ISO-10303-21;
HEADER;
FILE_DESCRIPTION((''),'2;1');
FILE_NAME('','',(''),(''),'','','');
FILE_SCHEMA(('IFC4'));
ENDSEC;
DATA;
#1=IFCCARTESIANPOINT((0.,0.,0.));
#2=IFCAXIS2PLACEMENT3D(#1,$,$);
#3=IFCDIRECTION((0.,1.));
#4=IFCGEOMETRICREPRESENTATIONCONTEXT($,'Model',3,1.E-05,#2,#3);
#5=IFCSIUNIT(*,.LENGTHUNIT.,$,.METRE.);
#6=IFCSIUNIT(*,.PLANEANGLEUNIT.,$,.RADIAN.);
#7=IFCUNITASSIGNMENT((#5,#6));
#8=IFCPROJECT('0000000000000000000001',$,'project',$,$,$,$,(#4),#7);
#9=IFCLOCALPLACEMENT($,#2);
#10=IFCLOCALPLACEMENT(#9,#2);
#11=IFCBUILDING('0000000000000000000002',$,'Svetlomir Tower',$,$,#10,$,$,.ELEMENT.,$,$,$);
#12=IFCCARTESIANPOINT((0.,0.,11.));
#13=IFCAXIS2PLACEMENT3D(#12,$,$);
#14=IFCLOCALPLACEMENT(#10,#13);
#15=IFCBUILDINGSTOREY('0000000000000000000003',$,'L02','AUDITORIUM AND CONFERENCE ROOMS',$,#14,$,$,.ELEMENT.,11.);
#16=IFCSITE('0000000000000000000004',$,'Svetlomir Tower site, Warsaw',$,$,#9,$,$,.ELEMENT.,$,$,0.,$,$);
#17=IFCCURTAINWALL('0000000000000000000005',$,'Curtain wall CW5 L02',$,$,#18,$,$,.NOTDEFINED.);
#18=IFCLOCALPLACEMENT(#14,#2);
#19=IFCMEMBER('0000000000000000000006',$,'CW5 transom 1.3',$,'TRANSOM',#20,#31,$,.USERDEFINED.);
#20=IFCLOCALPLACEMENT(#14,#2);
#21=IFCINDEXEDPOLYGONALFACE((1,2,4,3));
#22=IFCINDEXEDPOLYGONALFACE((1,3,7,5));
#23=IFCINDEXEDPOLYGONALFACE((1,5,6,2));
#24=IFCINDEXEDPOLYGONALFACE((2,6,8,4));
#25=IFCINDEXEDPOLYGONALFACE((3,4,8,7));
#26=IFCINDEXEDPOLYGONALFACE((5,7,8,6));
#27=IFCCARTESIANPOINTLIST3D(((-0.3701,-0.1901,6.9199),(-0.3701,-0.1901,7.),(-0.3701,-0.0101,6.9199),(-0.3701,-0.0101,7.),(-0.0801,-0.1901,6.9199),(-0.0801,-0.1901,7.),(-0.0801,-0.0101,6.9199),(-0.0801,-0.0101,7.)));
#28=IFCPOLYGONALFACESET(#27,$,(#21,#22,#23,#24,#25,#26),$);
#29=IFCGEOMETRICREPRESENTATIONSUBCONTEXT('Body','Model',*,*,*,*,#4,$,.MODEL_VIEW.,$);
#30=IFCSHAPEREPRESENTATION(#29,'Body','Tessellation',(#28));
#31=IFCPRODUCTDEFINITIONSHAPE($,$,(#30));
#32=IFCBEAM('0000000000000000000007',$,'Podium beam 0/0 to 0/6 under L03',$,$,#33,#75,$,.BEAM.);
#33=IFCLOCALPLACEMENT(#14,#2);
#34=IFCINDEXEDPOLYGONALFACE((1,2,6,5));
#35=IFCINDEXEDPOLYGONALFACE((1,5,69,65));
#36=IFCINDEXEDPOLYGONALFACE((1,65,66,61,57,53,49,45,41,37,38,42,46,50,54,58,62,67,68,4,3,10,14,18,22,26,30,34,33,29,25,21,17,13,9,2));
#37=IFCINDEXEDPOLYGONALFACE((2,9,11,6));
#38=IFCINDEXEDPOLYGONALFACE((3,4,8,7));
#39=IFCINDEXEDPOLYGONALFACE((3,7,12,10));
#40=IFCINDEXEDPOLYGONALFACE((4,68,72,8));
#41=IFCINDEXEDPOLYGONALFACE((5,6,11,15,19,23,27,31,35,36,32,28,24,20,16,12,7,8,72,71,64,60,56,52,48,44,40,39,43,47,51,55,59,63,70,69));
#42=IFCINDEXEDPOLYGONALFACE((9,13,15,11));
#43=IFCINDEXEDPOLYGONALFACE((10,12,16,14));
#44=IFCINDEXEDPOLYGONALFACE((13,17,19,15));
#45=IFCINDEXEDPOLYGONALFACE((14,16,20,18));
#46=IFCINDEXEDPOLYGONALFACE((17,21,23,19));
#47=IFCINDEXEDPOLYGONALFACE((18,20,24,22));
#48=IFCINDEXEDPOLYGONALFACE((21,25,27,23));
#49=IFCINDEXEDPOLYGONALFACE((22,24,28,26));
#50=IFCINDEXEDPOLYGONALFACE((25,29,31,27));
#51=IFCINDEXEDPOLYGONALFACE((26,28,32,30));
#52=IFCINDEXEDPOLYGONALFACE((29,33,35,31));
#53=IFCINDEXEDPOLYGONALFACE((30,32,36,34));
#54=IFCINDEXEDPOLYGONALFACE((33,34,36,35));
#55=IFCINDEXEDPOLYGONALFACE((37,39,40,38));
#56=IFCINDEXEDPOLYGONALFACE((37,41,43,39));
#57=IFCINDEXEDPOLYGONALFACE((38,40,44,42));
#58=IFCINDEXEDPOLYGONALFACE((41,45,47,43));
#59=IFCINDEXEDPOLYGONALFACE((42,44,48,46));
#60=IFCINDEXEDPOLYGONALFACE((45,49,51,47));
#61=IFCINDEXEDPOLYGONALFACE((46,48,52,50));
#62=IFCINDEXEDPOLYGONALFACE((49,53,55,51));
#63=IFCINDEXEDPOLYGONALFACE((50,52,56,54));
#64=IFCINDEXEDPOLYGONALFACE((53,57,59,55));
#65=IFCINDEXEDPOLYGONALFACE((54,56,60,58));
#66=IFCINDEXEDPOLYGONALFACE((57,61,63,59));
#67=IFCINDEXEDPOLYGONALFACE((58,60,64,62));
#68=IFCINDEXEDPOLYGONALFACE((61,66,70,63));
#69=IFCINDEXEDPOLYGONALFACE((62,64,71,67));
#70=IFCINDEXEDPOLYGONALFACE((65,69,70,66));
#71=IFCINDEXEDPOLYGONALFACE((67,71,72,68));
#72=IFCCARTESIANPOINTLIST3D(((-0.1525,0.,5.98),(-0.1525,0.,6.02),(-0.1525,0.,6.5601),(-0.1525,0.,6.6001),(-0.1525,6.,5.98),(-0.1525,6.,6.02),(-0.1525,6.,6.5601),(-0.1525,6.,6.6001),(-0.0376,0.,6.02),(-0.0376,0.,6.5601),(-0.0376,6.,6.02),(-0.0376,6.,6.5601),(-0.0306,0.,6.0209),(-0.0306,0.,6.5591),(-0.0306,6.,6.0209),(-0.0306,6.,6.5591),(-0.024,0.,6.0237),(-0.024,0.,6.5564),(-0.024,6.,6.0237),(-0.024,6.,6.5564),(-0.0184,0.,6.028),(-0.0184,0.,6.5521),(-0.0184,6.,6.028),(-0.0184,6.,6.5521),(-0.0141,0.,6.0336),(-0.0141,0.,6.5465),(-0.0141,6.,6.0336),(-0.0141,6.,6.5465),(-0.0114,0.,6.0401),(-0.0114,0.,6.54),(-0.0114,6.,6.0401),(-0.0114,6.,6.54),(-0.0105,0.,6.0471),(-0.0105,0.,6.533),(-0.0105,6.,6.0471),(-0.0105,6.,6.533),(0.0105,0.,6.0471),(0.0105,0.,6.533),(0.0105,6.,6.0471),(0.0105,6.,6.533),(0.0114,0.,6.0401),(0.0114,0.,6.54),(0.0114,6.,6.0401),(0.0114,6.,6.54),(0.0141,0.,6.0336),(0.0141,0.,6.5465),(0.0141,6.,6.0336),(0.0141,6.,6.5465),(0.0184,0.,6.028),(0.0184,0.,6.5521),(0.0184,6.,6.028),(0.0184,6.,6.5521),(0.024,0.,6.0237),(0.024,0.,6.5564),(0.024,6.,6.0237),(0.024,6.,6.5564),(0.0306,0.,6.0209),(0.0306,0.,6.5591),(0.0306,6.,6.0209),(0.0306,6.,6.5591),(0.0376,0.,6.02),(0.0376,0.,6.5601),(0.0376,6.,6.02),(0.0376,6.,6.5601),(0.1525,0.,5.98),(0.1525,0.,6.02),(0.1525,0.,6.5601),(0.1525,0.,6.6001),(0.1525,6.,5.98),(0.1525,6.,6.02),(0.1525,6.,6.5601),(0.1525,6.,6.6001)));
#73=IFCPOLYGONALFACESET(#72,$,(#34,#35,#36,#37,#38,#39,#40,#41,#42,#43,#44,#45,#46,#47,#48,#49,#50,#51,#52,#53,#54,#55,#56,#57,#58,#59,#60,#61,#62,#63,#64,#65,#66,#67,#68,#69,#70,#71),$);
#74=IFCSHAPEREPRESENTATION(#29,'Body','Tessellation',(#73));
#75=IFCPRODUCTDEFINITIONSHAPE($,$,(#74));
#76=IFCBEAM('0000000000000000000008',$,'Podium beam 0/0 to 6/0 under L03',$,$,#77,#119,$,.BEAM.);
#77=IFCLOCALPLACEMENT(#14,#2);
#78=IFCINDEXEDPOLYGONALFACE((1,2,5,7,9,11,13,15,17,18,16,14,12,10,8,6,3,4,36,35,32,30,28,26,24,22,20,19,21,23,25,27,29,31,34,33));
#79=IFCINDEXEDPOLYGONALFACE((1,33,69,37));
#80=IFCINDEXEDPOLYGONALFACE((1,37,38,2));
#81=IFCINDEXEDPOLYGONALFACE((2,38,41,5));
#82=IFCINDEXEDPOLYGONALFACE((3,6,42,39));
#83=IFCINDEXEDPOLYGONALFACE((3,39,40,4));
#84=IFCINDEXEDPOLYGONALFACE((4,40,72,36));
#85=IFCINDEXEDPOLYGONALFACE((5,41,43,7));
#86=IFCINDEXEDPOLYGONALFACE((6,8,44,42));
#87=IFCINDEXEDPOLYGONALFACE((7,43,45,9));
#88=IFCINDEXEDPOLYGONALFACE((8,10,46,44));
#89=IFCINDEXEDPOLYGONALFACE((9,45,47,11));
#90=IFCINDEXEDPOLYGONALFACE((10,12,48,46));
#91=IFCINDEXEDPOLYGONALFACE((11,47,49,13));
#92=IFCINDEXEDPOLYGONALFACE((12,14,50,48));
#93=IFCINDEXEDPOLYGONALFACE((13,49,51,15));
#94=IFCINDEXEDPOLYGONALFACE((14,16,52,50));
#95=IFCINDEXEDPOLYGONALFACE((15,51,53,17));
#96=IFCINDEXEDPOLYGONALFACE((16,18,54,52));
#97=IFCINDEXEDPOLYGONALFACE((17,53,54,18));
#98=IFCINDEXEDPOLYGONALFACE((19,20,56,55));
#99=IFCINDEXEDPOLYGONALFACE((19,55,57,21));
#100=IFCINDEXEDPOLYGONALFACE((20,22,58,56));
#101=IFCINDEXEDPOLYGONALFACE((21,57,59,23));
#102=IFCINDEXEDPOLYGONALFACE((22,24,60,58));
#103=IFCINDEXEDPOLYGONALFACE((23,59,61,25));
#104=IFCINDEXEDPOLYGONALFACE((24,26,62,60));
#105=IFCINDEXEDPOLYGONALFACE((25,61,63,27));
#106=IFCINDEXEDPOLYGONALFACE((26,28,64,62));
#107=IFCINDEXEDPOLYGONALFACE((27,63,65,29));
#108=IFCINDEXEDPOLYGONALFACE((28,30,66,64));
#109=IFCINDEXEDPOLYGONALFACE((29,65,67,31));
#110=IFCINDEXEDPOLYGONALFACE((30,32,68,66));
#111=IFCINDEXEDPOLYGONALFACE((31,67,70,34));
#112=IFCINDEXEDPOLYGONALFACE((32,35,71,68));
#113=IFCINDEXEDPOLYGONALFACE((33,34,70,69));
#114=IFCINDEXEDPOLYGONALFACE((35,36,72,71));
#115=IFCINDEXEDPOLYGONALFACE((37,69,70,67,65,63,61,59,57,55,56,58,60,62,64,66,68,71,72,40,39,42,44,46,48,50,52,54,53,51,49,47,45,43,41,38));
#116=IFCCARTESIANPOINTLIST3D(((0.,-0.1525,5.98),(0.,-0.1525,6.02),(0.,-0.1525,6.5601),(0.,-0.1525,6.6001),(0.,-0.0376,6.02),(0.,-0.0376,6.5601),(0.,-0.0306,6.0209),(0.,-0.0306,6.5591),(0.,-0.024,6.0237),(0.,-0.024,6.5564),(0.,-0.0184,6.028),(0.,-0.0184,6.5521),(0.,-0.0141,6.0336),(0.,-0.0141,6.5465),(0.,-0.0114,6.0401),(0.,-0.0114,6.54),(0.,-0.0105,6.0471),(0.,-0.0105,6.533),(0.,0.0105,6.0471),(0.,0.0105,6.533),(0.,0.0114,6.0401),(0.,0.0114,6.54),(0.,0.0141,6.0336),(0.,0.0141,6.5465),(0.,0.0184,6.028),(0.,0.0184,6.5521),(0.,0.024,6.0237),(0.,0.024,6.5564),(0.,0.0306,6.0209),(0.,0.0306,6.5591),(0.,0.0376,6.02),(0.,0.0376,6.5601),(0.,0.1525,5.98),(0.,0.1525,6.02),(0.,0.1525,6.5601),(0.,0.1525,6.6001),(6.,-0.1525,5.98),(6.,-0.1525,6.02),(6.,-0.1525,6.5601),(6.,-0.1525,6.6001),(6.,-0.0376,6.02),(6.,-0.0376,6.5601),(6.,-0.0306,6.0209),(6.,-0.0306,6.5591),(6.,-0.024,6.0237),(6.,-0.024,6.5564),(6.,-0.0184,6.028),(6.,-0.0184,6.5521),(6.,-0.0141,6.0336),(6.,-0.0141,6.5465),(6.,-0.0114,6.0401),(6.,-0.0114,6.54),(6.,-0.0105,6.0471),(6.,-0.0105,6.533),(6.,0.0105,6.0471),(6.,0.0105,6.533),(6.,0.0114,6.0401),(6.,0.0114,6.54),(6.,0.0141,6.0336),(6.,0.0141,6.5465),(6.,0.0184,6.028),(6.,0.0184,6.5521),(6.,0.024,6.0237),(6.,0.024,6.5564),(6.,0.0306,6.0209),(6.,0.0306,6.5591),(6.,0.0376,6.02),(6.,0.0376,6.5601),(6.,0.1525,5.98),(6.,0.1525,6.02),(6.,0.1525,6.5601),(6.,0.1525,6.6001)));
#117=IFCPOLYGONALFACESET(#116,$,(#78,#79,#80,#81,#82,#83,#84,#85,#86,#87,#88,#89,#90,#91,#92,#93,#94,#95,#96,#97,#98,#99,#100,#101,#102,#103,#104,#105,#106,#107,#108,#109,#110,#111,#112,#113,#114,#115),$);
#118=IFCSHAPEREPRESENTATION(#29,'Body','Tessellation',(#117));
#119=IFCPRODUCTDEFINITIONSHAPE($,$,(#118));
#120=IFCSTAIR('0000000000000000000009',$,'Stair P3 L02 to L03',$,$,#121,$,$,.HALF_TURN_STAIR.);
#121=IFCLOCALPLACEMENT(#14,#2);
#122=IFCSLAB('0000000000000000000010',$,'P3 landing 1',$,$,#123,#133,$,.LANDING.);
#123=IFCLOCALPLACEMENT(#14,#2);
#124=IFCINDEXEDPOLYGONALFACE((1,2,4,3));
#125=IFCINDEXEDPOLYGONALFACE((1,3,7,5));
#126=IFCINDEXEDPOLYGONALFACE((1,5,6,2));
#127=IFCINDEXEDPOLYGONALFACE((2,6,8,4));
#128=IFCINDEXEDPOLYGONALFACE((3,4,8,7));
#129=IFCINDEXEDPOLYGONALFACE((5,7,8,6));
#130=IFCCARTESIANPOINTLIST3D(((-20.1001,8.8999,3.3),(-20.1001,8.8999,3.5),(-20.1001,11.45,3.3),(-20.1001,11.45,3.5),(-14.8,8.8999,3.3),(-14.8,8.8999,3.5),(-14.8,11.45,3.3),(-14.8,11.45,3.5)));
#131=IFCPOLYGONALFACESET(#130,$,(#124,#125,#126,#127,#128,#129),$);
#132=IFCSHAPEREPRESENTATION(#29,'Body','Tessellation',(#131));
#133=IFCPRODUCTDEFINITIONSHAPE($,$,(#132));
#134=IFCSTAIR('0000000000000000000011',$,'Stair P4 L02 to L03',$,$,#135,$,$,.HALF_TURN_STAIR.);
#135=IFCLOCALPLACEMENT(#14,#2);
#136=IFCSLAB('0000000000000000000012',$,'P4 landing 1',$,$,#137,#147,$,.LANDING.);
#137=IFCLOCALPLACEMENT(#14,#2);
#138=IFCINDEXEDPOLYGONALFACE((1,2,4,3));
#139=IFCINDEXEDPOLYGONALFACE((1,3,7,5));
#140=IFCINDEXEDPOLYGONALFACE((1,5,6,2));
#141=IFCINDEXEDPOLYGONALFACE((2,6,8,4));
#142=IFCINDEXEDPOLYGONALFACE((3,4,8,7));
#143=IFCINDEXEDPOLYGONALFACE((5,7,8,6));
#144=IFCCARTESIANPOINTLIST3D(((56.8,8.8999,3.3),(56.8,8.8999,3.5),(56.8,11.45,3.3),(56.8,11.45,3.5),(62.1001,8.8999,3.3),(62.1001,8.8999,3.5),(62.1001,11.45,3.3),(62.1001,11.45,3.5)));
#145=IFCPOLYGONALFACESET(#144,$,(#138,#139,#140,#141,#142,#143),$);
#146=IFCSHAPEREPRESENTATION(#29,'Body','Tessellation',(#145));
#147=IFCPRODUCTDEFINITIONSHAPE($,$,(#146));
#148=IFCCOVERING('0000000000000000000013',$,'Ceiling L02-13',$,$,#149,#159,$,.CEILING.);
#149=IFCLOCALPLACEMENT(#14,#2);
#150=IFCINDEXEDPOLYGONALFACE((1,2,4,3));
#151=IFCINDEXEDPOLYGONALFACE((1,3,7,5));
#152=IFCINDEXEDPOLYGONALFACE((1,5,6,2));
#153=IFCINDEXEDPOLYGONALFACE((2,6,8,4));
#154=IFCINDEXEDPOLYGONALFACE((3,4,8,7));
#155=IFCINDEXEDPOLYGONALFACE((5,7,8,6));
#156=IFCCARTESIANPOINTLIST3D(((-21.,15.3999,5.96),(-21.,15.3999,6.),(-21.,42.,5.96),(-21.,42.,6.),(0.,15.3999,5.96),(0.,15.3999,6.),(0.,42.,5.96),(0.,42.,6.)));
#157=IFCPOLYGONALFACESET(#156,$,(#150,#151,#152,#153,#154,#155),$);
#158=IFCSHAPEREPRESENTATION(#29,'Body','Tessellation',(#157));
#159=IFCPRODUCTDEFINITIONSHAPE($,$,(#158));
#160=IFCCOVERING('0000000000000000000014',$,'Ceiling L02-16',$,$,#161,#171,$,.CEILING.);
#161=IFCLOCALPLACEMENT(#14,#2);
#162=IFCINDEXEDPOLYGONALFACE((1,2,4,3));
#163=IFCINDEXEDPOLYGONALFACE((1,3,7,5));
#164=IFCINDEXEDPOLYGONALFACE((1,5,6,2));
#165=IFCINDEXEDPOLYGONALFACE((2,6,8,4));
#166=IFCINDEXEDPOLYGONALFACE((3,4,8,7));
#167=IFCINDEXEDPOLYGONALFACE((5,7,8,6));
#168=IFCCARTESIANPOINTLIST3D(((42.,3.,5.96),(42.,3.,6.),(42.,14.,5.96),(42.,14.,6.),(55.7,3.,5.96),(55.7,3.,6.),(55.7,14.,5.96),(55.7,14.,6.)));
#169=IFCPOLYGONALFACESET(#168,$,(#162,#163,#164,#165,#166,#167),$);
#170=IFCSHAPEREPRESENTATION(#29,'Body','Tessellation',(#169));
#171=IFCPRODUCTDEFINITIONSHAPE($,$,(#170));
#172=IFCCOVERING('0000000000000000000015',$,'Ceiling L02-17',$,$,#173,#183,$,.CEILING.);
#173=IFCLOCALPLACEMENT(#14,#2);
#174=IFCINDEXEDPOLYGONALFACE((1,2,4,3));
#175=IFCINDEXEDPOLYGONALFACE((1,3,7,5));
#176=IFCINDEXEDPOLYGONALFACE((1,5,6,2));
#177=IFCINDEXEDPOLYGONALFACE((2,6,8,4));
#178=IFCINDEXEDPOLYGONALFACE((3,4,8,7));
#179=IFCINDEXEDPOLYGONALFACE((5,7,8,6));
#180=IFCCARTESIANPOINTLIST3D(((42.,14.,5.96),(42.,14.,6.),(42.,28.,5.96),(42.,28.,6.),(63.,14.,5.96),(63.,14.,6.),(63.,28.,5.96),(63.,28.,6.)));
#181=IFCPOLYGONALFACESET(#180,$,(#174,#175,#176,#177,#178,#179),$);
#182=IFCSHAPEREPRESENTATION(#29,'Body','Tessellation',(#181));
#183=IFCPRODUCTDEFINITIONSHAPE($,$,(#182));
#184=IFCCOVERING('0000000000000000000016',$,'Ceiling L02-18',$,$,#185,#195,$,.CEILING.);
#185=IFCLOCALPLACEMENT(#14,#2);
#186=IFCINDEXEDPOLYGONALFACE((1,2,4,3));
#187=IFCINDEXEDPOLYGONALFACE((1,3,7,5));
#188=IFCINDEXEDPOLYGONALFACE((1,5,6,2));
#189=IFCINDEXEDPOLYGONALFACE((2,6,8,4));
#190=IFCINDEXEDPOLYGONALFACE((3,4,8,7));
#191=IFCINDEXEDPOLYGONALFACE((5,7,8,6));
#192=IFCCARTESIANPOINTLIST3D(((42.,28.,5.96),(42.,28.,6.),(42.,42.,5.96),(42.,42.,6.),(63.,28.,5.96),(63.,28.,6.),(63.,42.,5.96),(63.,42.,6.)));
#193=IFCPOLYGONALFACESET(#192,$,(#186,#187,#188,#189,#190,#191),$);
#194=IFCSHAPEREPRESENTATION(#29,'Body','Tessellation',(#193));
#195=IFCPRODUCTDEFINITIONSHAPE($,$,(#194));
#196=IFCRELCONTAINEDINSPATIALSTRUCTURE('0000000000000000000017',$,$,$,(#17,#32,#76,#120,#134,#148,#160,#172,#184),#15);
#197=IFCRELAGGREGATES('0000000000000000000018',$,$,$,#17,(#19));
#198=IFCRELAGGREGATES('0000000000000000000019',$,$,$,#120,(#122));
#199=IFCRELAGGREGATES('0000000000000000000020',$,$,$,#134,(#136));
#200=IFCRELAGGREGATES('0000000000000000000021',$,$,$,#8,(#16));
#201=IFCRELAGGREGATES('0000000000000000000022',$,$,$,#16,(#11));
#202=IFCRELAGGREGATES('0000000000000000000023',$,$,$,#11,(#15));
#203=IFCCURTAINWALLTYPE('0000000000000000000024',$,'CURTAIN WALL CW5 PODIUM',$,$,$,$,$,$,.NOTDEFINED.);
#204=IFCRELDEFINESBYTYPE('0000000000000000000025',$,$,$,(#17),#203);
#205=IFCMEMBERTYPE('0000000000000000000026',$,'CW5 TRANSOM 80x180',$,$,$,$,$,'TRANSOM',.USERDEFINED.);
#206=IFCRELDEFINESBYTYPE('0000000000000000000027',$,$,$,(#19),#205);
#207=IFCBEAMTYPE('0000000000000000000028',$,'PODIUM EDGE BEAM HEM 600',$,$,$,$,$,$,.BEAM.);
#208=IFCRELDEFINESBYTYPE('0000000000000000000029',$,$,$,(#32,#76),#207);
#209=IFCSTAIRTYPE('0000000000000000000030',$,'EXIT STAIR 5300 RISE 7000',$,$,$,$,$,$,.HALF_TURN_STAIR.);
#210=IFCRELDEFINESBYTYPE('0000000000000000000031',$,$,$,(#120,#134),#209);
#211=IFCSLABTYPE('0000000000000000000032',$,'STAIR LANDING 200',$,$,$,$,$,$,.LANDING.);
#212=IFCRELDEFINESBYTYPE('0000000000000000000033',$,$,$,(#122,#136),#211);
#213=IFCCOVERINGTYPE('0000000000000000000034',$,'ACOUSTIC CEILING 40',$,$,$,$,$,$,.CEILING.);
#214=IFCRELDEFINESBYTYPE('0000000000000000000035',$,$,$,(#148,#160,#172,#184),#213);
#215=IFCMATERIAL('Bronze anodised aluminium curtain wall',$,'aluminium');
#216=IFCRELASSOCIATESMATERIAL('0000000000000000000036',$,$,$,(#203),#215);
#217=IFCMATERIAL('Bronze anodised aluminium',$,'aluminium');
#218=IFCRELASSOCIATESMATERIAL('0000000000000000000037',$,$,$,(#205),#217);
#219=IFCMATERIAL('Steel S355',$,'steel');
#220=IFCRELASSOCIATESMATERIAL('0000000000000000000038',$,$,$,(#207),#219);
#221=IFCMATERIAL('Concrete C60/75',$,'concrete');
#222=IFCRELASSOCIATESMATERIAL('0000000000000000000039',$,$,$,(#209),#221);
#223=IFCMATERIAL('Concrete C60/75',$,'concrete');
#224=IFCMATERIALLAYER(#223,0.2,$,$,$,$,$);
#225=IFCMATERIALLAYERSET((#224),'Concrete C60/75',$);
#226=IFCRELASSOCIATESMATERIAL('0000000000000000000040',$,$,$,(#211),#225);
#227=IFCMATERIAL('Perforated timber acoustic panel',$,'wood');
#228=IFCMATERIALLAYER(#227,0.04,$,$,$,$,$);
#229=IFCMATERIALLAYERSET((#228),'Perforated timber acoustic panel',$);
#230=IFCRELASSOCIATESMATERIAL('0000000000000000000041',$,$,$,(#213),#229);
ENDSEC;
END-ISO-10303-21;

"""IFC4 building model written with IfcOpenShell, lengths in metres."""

from ifc_helpers import new_model, si_unit, direction, frame, origin, origin_2d, place, context, subcontext, project, spatial, polyline, rectangle, i_section, outline, extrude, material, layer, layer_set, material_profile, profile_set, type_object, element, aggregate, save


model = new_model("IFC4")

# Units and contexts
model_context = context("Model", 3, precision=1e-05, world=origin(), true_north=direction((0.0, 1.0)))
body_context = subcontext(model_context, "Body", "Model", "MODEL_VIEW")
ifc_project = project(units=[si_unit("LENGTHUNIT", "METRE"), si_unit("PLANEANGLEUNIT", "RADIAN")], contexts=[model_context])

# Site, building, storey
site_placement = place(None, origin())
site = spatial("IfcSite", under=ifc_project, at=site_placement, Name="Svetlomir Tower site, Warsaw", CompositionType="ELEMENT", RefElevation=0.0)
building_placement = place(site_placement, origin())
building = spatial("IfcBuilding", under=site, at=building_placement, Name="Svetlomir Tower", CompositionType="ELEMENT")
storey_placement = place(building_placement, frame((0.0, 0.0, 11.0)))
storey = spatial("IfcBuildingStorey", under=building, at=storey_placement, Name="L02", Description="AUDITORIUM AND CONFERENCE ROOMS", CompositionType="ELEMENT", Elevation=11.0)

# Curtain wall, member
ifc_material_1 = material(Name="Bronze anodised aluminium curtain wall", Category="aluminium")
curtain_wall_type = type_object("IfcCurtainWallType", Name="CURTAIN WALL CW5 PODIUM", PredefinedType="NOTDEFINED", material=ifc_material_1)
curtain_wall_placement = place(storey_placement, origin())
curtain_wall = element("IfcCurtainWall", 1, at=curtain_wall_placement, inside=storey, type_object=curtain_wall_type, Name="Curtain wall CW5 L02", PredefinedType="NOTDEFINED")
ifc_material_2 = material(Name="Bronze anodised aluminium", Category="aluminium")
ifc_material_profile_1 = material_profile(ifc_material_2, rectangle(XDim=0.1799, YDim=0.0801, at=origin_2d()), Name="AL 180x80")
ifc_profile_set_1 = profile_set([ifc_material_profile_1], Name="Bronze anodised aluminium 6063-T6")
member_type = type_object("IfcMemberType", Name="CW5 TRANSOM 80x180", ElementType="TRANSOM", PredefinedType="USERDEFINED", material=ifc_profile_set_1)
member_placement = place(storey_placement, frame((-0.3701, -0.1001, 6.96), z_axis=(1.0, 0.0, 0.0), x_axis=(0.0, 1.0, 0.0)))
member = element("IfcMember", 2, at=member_placement, type_object=member_type, Name="CW5 transom 1.3", ObjectType="TRANSOM", PredefinedType="USERDEFINED", context=body_context, shape_type="SweptSolid", body=[
    extrude(rectangle(XDim=0.1799, YDim=0.0801, at=origin_2d()), origin(), (0.0, 0.0, 1.0), 0.29),
])
aggregate(curtain_wall, [member])

# Beams
ifc_material_3 = material(Name="Steel S355", Category="steel")
ifc_material_profile_2 = material_profile(ifc_material_3, i_section(OverallWidth=0.3049, OverallDepth=0.6201, WebThickness=0.021, FlangeThickness=0.04, FilletRadius=0.0271, at=origin_2d()), Name="HEM 600")
ifc_profile_set_2 = profile_set([ifc_material_profile_2], Name="Steel S355")
beam_type = type_object("IfcBeamType", Name="PODIUM EDGE BEAM HEM 600", PredefinedType="BEAM", material=ifc_profile_set_2)
for number, where, z_axis, x_axis, name in (
    (3, (0.0, 0.0, 6.29), (0.0, 1.0, 0.0), (-1.0, 0.0, 0.0), "Podium beam 0/0 to 0/6 under L03"),
    (4, (0.0, 0.0, 6.29), (1.0, 0.0, 0.0), (0.0, 1.0, 0.0), "Podium beam 0/0 to 6/0 under L03"),
):
    element("IfcBeam", number, at=place(storey_placement, frame(where, z_axis=z_axis, x_axis=x_axis)), inside=storey, type_object=beam_type, Name=name, PredefinedType="BEAM", context=body_context, shape_type="SweptSolid", body=[
        extrude(i_section(OverallWidth=0.3049, OverallDepth=0.6201, WebThickness=0.021, FlangeThickness=0.04, FilletRadius=0.0271, at=origin_2d()), origin(), (0.0, 0.0, 1.0), 6.0),
    ])

# Stairs, slabs
ifc_material_4 = material(Name="Concrete C60/75", Category="concrete")
stair_type = type_object("IfcStairType", Name="EXIT STAIR 5300 RISE 7000", PredefinedType="HALF_TURN_STAIR", material=ifc_material_4)
stair_1_placement = place(storey_placement, origin())
stair_1 = element("IfcStair", 5, at=stair_1_placement, inside=storey, type_object=stair_type, Name="Stair P3 L02 to L03", PredefinedType="HALF_TURN_STAIR")
ifc_material_5 = material(Name="Concrete C60/75", Category="concrete")
ifc_layer_1 = layer(ifc_material_5, 0.2)
ifc_layer_set_1 = layer_set([ifc_layer_1], Name="Concrete C60/75")
slab_type = type_object("IfcSlabType", Name="STAIR LANDING 200", PredefinedType="LANDING", material=ifc_layer_set_1)
slab_1_placement = place(storey_placement, frame((0.0, 0.0, 3.3)))
slab_1 = element("IfcSlab", 6, at=slab_1_placement, type_object=slab_type, Name="P3 landing 1", PredefinedType="LANDING", context=body_context, shape_type="SweptSolid", body=[
    extrude(outline(polyline([(-20.1001, 8.8999), (-14.8, 8.8999), (-14.8, 11.45), (-20.1001, 11.45), (-20.1001, 8.8999)])), origin(), (0.0, 0.0, 1.0), 0.2),
])
aggregate(stair_1, [slab_1])
stair_2_placement = place(storey_placement, origin())
stair_2 = element("IfcStair", 7, at=stair_2_placement, inside=storey, type_object=stair_type, Name="Stair P4 L02 to L03", PredefinedType="HALF_TURN_STAIR")
slab_2_placement = place(storey_placement, frame((0.0, 0.0, 3.3)))
slab_2 = element("IfcSlab", 8, at=slab_2_placement, type_object=slab_type, Name="P4 landing 1", PredefinedType="LANDING", context=body_context, shape_type="SweptSolid", body=[
    extrude(outline(polyline([(56.8, 8.8999), (62.1001, 8.8999), (62.1001, 11.45), (56.8, 11.45), (56.8, 8.8999)])), origin(), (0.0, 0.0, 1.0), 0.2),
])
aggregate(stair_2, [slab_2])

# Coverings
ifc_material_6 = material(Name="Perforated timber acoustic panel", Category="wood")
ifc_layer_2 = layer(ifc_material_6, 0.04)
ifc_layer_set_2 = layer_set([ifc_layer_2], Name="Perforated timber acoustic panel")
covering_type_1 = type_object("IfcCoveringType", Name="ACOUSTIC CEILING 40", PredefinedType="CEILING", material=ifc_layer_set_2)
covering_1_placement = place(storey_placement, frame((0.0, 0.0, 5.96)))
element("IfcCovering", 9, at=covering_1_placement, inside=storey, type_object=covering_type_1, Name="Ceiling L02-13", PredefinedType="CEILING", context=body_context, shape_type="SweptSolid", body=[
    extrude(outline(polyline([(-21.0, 15.3999), (0.0, 15.3999), (0.0, 42.0), (-21.0, 42.0), (-21.0, 15.3999)])), origin(), (0.0, 0.0, 1.0), 0.04),
])
covering_2_placement = place(storey_placement, frame((0.0, 0.0, 5.96)))
element("IfcCovering", 10, at=covering_2_placement, inside=storey, type_object=covering_type_1, Name="Ceiling L02-16", PredefinedType="CEILING", context=body_context, shape_type="SweptSolid", body=[
    extrude(outline(polyline([(42.0, 3.0), (55.7, 3.0), (55.7, 14.0), (42.0, 14.0), (42.0, 3.0)])), origin(), (0.0, 0.0, 1.0), 0.04),
])
covering_3_placement = place(storey_placement, frame((0.0, 0.0, 5.96)))
element("IfcCovering", 11, at=covering_3_placement, inside=storey, type_object=covering_type_1, Name="Ceiling L02-17", PredefinedType="CEILING", context=body_context, shape_type="SweptSolid", body=[
    extrude(outline(polyline([(42.0, 14.0), (63.0, 14.0), (63.0, 28.0), (42.0, 28.0), (42.0, 14.0)])), origin(), (0.0, 0.0, 1.0), 0.04),
])
covering_4_placement = place(storey_placement, frame((0.0, 0.0, 5.96)))
element("IfcCovering", 12, at=covering_4_placement, inside=storey, type_object=covering_type_1, Name="Ceiling L02-18", PredefinedType="CEILING", context=body_context, shape_type="SweptSolid", body=[
    extrude(outline(polyline([(42.0, 28.0), (63.0, 28.0), (63.0, 42.0), (42.0, 42.0), (42.0, 28.0)])), origin(), (0.0, 0.0, 1.0), 0.04),
])

save(model, "model.ifc")
